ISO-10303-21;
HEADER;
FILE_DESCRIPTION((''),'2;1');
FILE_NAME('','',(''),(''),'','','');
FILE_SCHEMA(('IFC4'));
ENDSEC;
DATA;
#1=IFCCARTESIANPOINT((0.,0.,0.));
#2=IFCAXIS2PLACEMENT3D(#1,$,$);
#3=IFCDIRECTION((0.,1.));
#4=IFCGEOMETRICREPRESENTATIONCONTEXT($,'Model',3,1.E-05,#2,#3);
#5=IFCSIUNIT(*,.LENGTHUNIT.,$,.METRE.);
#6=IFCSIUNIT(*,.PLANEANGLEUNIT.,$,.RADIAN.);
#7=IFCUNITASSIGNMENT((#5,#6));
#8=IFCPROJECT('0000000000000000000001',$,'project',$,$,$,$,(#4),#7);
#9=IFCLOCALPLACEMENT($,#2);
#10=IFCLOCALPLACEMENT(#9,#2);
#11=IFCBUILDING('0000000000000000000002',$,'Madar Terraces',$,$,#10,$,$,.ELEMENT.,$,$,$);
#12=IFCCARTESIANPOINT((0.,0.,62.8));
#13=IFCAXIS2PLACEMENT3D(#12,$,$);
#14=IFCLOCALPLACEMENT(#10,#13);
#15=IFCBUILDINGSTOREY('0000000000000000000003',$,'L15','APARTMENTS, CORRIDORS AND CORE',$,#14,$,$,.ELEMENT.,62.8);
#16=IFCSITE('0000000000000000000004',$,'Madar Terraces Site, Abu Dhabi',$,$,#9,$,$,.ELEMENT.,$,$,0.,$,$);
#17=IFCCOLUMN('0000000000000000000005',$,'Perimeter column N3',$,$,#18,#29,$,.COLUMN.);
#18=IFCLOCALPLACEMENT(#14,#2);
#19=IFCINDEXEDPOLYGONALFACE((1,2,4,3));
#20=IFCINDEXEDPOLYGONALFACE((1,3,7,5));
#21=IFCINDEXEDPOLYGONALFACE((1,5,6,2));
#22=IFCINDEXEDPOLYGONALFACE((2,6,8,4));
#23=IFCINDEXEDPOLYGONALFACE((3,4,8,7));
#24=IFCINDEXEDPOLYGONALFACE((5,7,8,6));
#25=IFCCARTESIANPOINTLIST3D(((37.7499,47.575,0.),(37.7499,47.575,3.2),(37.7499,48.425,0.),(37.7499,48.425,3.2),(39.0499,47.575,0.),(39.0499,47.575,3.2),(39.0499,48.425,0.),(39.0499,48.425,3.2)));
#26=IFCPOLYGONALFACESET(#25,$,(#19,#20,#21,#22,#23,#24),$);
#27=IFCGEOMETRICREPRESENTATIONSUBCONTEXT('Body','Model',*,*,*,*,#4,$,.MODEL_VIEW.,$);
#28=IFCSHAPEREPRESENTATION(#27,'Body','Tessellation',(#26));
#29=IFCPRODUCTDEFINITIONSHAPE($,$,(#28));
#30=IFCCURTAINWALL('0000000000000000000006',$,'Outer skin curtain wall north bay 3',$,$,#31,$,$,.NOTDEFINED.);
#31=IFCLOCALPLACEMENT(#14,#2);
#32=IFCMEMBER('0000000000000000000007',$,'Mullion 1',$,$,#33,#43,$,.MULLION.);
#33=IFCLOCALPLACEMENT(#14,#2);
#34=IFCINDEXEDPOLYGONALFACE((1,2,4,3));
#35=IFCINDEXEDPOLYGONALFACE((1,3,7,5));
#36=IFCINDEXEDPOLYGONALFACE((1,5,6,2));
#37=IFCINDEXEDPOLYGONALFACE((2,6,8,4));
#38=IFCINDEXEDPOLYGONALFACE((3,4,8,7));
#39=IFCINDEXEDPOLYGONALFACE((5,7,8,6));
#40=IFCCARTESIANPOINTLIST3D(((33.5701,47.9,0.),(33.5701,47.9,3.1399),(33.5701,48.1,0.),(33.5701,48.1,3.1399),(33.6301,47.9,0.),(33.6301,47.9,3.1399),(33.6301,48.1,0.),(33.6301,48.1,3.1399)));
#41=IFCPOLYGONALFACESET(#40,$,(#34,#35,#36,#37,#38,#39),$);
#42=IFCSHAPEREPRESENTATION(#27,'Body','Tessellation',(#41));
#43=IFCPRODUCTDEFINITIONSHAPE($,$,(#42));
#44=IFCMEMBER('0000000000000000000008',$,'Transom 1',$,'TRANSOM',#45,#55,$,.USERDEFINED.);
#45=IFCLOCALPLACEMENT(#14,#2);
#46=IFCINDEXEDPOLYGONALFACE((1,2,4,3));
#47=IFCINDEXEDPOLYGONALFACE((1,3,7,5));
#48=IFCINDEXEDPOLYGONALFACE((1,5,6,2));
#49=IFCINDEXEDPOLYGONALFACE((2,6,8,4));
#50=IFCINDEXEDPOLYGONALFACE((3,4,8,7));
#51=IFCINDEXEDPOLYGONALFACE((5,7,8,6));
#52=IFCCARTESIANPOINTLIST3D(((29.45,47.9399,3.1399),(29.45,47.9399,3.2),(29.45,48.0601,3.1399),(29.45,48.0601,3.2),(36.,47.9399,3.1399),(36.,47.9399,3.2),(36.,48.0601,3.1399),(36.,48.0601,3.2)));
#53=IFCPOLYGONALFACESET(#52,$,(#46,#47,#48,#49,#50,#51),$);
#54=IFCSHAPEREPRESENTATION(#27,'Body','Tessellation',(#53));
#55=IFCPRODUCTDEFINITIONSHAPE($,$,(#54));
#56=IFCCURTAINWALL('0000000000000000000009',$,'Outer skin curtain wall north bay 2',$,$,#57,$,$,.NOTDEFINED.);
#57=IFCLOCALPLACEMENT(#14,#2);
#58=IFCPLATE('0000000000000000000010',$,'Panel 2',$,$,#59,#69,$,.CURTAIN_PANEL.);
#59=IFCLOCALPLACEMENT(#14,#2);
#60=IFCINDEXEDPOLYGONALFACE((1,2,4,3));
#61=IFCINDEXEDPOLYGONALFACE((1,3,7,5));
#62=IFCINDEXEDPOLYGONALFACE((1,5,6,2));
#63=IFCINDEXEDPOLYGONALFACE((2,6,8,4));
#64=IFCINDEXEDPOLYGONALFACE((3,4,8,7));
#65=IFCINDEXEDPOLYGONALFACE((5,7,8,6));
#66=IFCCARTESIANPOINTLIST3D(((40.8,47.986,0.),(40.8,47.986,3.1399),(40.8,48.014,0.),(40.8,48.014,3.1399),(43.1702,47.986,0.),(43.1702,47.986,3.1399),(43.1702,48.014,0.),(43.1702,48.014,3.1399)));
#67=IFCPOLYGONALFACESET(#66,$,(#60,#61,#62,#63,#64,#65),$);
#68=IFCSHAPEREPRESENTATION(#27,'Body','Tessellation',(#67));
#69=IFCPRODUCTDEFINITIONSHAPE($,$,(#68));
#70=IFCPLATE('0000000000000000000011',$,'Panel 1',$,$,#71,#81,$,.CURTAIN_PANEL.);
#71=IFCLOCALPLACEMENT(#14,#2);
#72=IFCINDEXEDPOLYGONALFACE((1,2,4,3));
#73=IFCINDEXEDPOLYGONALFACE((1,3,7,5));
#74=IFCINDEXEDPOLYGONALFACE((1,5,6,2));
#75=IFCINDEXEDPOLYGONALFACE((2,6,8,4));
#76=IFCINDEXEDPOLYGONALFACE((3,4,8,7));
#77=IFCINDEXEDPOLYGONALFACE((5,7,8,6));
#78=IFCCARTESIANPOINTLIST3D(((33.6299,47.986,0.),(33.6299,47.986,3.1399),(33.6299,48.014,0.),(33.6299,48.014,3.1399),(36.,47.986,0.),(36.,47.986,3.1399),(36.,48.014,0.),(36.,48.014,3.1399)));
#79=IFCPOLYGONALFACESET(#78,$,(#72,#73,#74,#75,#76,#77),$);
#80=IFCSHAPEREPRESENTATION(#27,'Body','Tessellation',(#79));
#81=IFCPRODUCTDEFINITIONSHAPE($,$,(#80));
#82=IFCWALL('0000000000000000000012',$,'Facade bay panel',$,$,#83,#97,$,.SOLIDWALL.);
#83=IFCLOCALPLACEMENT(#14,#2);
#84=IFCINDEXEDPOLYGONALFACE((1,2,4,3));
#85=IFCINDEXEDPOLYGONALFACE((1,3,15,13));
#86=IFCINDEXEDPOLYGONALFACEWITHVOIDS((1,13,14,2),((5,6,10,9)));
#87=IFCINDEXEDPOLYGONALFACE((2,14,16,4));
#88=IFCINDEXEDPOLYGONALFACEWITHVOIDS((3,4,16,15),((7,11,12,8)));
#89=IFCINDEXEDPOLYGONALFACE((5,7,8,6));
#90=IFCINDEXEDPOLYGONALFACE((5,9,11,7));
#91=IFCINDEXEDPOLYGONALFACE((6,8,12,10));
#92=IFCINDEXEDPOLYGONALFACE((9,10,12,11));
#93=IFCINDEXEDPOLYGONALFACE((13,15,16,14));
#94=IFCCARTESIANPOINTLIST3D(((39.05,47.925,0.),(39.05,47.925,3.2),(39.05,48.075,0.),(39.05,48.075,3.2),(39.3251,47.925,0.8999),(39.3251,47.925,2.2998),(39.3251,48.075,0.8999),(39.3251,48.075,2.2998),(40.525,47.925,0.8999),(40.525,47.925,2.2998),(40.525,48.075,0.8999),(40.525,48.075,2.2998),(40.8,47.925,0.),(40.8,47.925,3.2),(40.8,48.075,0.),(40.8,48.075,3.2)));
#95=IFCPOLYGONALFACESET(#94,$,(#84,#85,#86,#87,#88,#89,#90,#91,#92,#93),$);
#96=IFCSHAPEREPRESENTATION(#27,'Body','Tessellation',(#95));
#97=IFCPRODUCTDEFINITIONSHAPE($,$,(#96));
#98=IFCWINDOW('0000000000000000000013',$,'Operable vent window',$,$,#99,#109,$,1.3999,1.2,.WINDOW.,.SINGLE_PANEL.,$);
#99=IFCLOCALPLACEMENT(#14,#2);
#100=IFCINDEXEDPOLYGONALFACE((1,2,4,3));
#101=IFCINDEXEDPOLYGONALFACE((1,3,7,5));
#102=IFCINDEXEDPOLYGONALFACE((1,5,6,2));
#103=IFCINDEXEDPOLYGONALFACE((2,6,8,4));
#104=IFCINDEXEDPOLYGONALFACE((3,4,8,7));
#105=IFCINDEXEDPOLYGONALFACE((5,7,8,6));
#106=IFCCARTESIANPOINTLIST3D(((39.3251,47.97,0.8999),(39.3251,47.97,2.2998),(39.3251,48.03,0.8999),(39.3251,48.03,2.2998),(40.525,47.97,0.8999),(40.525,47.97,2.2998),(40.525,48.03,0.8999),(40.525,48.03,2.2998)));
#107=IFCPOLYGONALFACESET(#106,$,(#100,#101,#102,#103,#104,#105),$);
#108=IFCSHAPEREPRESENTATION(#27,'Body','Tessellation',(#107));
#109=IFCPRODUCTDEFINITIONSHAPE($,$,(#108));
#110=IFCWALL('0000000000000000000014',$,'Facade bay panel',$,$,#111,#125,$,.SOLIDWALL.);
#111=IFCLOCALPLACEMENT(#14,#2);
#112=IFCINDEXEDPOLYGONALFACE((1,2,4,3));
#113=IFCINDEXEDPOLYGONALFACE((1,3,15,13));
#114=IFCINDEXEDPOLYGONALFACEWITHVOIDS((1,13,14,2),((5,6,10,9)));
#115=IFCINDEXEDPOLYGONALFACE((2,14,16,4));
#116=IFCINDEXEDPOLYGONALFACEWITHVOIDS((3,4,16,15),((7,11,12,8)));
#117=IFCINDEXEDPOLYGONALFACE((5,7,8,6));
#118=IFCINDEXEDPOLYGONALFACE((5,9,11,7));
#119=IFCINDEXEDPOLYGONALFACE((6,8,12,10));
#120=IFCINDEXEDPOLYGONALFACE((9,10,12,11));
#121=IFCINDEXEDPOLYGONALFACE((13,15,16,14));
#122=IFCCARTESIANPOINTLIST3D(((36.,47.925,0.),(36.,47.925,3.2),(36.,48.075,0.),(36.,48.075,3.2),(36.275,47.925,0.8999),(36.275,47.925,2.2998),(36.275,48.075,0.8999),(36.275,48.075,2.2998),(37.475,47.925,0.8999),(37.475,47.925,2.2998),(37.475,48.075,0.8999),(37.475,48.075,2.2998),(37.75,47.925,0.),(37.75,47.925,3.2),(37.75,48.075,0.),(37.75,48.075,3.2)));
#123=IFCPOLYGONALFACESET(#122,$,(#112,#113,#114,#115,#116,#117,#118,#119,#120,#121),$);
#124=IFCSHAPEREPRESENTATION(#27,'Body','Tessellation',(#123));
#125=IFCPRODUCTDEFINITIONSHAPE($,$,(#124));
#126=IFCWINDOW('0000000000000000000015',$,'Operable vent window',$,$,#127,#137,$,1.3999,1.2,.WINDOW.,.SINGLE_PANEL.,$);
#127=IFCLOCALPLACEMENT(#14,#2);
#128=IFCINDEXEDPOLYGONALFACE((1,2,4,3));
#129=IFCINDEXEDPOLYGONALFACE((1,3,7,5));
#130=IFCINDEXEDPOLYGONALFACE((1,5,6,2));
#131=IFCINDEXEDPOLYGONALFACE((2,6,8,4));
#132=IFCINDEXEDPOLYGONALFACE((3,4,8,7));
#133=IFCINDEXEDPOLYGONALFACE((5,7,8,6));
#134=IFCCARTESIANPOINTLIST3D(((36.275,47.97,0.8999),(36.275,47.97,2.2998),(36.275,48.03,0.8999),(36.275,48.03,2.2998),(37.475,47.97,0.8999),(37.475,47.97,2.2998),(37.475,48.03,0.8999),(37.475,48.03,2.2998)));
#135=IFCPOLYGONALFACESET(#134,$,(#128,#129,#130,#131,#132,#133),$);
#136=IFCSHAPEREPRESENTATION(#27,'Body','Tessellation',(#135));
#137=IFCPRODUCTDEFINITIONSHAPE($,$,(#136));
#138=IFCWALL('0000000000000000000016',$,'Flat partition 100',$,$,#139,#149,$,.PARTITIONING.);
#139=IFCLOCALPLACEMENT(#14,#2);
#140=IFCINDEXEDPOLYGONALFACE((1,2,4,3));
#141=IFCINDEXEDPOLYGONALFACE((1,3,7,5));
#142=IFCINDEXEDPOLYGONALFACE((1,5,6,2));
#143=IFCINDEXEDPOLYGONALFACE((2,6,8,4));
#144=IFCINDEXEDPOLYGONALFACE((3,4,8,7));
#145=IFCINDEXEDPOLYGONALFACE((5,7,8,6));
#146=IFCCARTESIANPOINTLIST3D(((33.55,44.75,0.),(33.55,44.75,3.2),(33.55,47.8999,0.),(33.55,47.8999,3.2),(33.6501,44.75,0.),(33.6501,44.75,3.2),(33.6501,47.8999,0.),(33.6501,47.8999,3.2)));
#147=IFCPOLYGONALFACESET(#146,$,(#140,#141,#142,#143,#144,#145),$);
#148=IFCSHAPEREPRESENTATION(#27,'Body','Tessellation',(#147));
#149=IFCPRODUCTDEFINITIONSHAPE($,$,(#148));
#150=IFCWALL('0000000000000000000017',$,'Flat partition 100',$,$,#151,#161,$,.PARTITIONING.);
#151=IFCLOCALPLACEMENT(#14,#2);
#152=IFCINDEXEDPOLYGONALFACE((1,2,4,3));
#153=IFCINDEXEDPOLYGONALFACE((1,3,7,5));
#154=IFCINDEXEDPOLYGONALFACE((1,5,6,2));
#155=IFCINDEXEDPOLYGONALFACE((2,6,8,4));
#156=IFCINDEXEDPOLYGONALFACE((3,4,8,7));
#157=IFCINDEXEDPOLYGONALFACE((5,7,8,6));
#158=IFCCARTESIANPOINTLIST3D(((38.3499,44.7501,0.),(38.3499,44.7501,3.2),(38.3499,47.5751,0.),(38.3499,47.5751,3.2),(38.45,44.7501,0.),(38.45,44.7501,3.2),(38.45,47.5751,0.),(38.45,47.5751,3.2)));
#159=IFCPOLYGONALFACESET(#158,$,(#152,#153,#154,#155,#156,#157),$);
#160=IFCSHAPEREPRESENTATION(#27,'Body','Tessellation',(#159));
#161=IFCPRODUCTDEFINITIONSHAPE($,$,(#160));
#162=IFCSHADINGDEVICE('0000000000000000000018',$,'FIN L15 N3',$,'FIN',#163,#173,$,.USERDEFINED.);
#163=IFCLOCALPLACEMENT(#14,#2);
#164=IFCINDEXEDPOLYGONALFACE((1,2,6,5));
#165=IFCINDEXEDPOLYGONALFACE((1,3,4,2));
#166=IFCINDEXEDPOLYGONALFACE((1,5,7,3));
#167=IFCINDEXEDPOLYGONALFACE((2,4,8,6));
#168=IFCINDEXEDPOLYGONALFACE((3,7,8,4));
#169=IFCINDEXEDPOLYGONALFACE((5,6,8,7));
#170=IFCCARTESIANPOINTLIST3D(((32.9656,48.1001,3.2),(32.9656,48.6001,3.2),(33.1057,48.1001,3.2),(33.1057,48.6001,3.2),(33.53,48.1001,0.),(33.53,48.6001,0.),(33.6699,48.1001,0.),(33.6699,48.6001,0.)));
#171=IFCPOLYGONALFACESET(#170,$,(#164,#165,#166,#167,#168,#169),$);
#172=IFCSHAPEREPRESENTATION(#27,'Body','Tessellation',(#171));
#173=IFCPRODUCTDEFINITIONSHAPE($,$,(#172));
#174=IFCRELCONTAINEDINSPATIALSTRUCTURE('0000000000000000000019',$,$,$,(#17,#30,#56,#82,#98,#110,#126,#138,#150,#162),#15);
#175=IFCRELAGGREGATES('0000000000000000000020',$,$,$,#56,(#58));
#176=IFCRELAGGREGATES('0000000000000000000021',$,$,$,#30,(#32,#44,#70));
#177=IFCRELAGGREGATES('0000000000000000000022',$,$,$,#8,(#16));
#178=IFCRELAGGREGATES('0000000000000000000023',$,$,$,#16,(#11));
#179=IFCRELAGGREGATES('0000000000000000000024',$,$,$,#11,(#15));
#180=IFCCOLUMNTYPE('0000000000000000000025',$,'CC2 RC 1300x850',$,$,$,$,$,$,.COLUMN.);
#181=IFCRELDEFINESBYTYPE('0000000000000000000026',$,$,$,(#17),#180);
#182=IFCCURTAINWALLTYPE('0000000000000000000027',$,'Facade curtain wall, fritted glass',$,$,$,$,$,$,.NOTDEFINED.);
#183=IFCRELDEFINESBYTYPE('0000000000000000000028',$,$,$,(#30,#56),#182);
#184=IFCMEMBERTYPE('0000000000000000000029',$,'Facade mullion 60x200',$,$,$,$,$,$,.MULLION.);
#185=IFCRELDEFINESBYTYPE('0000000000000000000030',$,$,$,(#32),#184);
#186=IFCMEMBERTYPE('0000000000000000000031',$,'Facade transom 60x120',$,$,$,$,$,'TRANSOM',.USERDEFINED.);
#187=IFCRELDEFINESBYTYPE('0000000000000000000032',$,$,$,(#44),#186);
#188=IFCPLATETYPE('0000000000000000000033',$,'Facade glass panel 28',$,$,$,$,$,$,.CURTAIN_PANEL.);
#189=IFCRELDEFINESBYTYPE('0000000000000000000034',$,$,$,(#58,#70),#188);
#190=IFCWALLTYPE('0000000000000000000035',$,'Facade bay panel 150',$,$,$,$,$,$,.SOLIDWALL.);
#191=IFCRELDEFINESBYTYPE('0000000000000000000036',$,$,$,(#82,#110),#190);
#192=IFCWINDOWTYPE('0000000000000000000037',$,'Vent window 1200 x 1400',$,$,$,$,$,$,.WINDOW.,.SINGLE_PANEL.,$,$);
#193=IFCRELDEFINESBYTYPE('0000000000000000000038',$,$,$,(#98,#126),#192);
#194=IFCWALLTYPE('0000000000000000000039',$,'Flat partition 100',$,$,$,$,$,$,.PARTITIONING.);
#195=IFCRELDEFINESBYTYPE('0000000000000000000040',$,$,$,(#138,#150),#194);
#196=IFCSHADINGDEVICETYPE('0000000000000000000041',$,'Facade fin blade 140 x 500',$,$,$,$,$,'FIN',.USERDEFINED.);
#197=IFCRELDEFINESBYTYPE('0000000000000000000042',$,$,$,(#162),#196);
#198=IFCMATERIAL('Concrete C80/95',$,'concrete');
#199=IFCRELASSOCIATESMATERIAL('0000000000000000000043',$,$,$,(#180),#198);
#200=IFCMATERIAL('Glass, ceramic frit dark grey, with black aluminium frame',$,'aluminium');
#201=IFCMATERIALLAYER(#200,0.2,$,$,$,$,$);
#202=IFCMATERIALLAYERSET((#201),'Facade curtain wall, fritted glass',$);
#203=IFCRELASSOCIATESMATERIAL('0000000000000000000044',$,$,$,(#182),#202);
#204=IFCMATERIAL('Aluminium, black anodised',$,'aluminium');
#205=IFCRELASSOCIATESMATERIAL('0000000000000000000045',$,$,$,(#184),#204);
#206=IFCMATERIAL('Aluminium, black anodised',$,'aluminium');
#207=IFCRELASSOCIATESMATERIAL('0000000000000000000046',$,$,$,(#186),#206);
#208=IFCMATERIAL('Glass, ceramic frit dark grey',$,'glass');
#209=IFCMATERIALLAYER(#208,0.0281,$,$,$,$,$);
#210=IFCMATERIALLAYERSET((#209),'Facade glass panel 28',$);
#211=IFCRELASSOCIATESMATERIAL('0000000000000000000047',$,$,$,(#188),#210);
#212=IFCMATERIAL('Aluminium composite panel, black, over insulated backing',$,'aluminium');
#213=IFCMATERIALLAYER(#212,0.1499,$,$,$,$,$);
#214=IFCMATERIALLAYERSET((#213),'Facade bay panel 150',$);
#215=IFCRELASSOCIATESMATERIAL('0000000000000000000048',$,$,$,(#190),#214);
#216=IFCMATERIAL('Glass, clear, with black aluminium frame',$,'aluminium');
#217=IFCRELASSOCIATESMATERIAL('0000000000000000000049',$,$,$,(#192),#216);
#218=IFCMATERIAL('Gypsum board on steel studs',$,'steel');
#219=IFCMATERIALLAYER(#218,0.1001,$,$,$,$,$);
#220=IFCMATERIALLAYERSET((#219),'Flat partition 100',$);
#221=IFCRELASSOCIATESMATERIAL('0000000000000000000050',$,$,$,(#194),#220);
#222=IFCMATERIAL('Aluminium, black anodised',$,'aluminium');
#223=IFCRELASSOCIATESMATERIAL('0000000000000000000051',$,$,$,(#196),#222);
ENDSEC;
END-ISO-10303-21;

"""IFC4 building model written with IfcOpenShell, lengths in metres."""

from ifc_helpers import new_model, si_unit, direction, frame, frame_2d, origin, origin_2d, place, context, subcontext, project, spatial, polyline, rectangle, outline, extrude, material, layer, layer_set, material_profile, profile_set, type_object, element, fill, aggregate, save


model = new_model("IFC4")

# Units and contexts
model_context = context("Model", 3, precision=1e-05, world=origin(), true_north=direction((0.0, 1.0)))
body_context = subcontext(model_context, "Body", "Model", "MODEL_VIEW")
ifc_project = project(units=[si_unit("LENGTHUNIT", "METRE"), si_unit("PLANEANGLEUNIT", "RADIAN")], contexts=[model_context])

# Site, building, storey
site_placement = place(None, origin())
site = spatial("IfcSite", under=ifc_project, at=site_placement, Name="Madar Terraces Site, Abu Dhabi", CompositionType="ELEMENT", RefElevation=0.0)
building_placement = place(site_placement, origin())
building = spatial("IfcBuilding", under=site, at=building_placement, Name="Madar Terraces", CompositionType="ELEMENT")
storey_placement = place(building_placement, frame((0.0, 0.0, 62.8)))
storey = spatial("IfcBuildingStorey", under=building, at=storey_placement, Name="L15", Description="APARTMENTS, CORRIDORS AND CORE", CompositionType="ELEMENT", Elevation=62.8)

# Column
ifc_material_1 = material(Name="Concrete C80/95", Category="concrete")
ifc_material_profile_1 = material_profile(ifc_material_1, rectangle(XDim=1.3, YDim=0.8501, at=origin_2d()), Name="CC2 RC 1300x850")
ifc_profile_set_1 = profile_set([ifc_material_profile_1], Name="Concrete C80/95")
column_type = type_object("IfcColumnType", Name="CC2 RC 1300x850", PredefinedType="COLUMN", material=ifc_profile_set_1)
column_placement = place(storey_placement, frame((38.3999, 48.0, 0.0), z_axis=(0.0, 0.0, 1.0), x_axis=(1.0, 0.0, 0.0)))
element("IfcColumn", 1, at=column_placement, inside=storey, type_object=column_type, Name="Perimeter column N3", PredefinedType="COLUMN", context=body_context, shape_type="SweptSolid", body=[
    extrude(rectangle(XDim=1.3, YDim=0.8501, at=origin_2d()), origin(), (0.0, 0.0, 1.0), 3.2),
])

# Curtain wall, members
ifc_material_2 = material(Name="Glass, ceramic frit dark grey, with black aluminium frame", Category="aluminium")
ifc_layer_1 = layer(ifc_material_2, 0.2)
ifc_layer_set_1 = layer_set([ifc_layer_1], Name="Facade curtain wall, fritted glass")
curtain_wall_type = type_object("IfcCurtainWallType", Name="Facade curtain wall, fritted glass", PredefinedType="NOTDEFINED", material=ifc_layer_set_1)
curtain_wall_1_placement = place(storey_placement, origin())
curtain_wall_1 = element("IfcCurtainWall", 2, at=curtain_wall_1_placement, inside=storey, type_object=curtain_wall_type, Name="Outer skin curtain wall north bay 3", PredefinedType="NOTDEFINED")
ifc_material_3 = material(Name="Aluminium, black anodised", Category="aluminium")
ifc_material_profile_2 = material_profile(ifc_material_3, rectangle(XDim=0.2, YDim=0.0601, at=origin_2d()), Name="Facade mullion 60x200")
ifc_profile_set_2 = profile_set([ifc_material_profile_2], Name="Aluminium, black anodised")
member_type_1 = type_object("IfcMemberType", Name="Facade mullion 60x200", PredefinedType="MULLION", material=ifc_profile_set_2)
member_1_placement = place(storey_placement, frame((33.6001, 48.0, 0.0), z_axis=(0.0, 0.0, 1.0), x_axis=(0.0, -1.0, 0.0)))
member_1 = element("IfcMember", 3, at=member_1_placement, type_object=member_type_1, Name="Mullion 1", PredefinedType="MULLION", context=body_context, shape_type="SweptSolid", body=[
    extrude(rectangle(XDim=0.2, YDim=0.0601, at=origin_2d()), origin(), (0.0, 0.0, 1.0), 3.1399),
])
ifc_material_4 = material(Name="Aluminium, black anodised", Category="aluminium")
ifc_material_profile_3 = material_profile(ifc_material_4, rectangle(XDim=0.1201, YDim=0.0601, at=origin_2d()), Name="Facade transom 60x120")
ifc_profile_set_3 = profile_set([ifc_material_profile_3], Name="Aluminium, black anodised")
member_type_2 = type_object("IfcMemberType", Name="Facade transom 60x120", ElementType="TRANSOM", PredefinedType="USERDEFINED", material=ifc_profile_set_3)
member_2_placement = place(storey_placement, frame((36.0, 48.0, 3.1699), z_axis=(-1.0, 0.0, 0.0), x_axis=(0.0, -1.0, 0.0)))
member_2 = element("IfcMember", 4, at=member_2_placement, type_object=member_type_2, Name="Transom 1", ObjectType="TRANSOM", PredefinedType="USERDEFINED", context=body_context, shape_type="SweptSolid", body=[
    extrude(rectangle(XDim=0.1201, YDim=0.0601, at=origin_2d()), origin(), (0.0, 0.0, 1.0), 6.55),
])

# Curtain wall, plate
curtain_wall_2_placement = place(storey_placement, origin())
curtain_wall_2 = element("IfcCurtainWall", 5, at=curtain_wall_2_placement, inside=storey, type_object=curtain_wall_type, Name="Outer skin curtain wall north bay 2", PredefinedType="NOTDEFINED")
ifc_material_5 = material(Name="Glass, ceramic frit dark grey", Category="glass")
ifc_layer_2 = layer(ifc_material_5, 0.0281)
ifc_layer_set_2 = layer_set([ifc_layer_2], Name="Facade glass panel 28")
plate_type = type_object("IfcPlateType", Name="Facade glass panel 28", PredefinedType="CURTAIN_PANEL", material=ifc_layer_set_2)
plate_1_placement = place(storey_placement, frame((41.9851, 48.0, 0.0), z_axis=(0.0, 0.0, 1.0), x_axis=(-1.0, 0.0, 0.0)))
plate_1 = element("IfcPlate", 6, at=plate_1_placement, type_object=plate_type, Name="Panel 2", PredefinedType="CURTAIN_PANEL", context=body_context, shape_type="SweptSolid", body=[
    extrude(rectangle(XDim=2.3701, YDim=0.0281, at=origin_2d()), origin(), (0.0, 0.0, 1.0), 3.1399),
])
aggregate(curtain_wall_2, [plate_1])

# Plate
plate_2_placement = place(storey_placement, frame((34.8149, 48.0, 0.0), z_axis=(0.0, 0.0, 1.0), x_axis=(-1.0, 0.0, 0.0)))
plate_2 = element("IfcPlate", 7, at=plate_2_placement, type_object=plate_type, Name="Panel 1", PredefinedType="CURTAIN_PANEL", context=body_context, shape_type="SweptSolid", body=[
    extrude(rectangle(XDim=2.3701, YDim=0.0281, at=origin_2d()), origin(), (0.0, 0.0, 1.0), 3.1399),
])
aggregate(curtain_wall_1, [member_1, member_2, plate_2])

# Walls, openings, windows
ifc_material_6 = material(Name="Aluminium composite panel, black, over insulated backing", Category="aluminium")
ifc_layer_3 = layer(ifc_material_6, 0.1499)
ifc_layer_set_3 = layer_set([ifc_layer_3], Name="Facade bay panel 150")
wall_type_1 = type_object("IfcWallType", Name="Facade bay panel 150", PredefinedType="SOLIDWALL", material=ifc_layer_set_3)
wall_1_placement = place(storey_placement, frame((40.8, 48.0, 0.0), z_axis=(0.0, 0.0, 1.0), x_axis=(-1.0, 0.0, 0.0)))
wall_1 = element("IfcWall", 8, at=wall_1_placement, inside=storey, type_object=wall_type_1, Name="Facade bay panel", PredefinedType="SOLIDWALL", context=body_context, shape_type="SweptSolid", body=[
    extrude(rectangle(XDim=1.75, YDim=0.1499, at=frame_2d((0.875, 0.0))), origin(), (0.0, 0.0, 1.0), 3.2),
])
opening_1_placement = place(wall_1_placement, frame((0.2749, 0.0, 0.8999)))
opening_1 = element("IfcOpeningElement", 9, at=opening_1_placement, cuts=wall_1, PredefinedType="OPENING", context=body_context, shape_type="SweptSolid", body=[
    extrude(rectangle(XDim=1.2, YDim=1.3999, at=frame_2d((0.6001, 0.7))), frame((0.0, 0.085, 0.0), z_axis=(0.0, -1.0, 0.0), x_axis=(1.0, 0.0, 0.0)), (0.0, 0.0, 1.0), 0.1699),
])
ifc_material_7 = material(Name="Glass, clear, with black aluminium frame", Category="aluminium")
window_type = type_object("IfcWindowType", Name="Vent window 1200 x 1400", PartitioningType="SINGLE_PANEL", PredefinedType="WINDOW", material=ifc_material_7)
window_1_placement = place(opening_1_placement, origin())
window_1 = element("IfcWindow", 10, at=window_1_placement, inside=storey, type_object=window_type, Name="Operable vent window", OverallHeight=1.3999, OverallWidth=1.2, PartitioningType="SINGLE_PANEL", PredefinedType="WINDOW", context=body_context, shape_type="SweptSolid", body=[
    extrude(rectangle(XDim=1.2, YDim=1.3999, at=frame_2d((0.6001, 0.7))), frame((0.0, 0.03, 0.0), z_axis=(0.0, -1.0, 0.0), x_axis=(1.0, 0.0, 0.0)), (0.0, 0.0, 1.0), 0.0601),
])
fill(opening_1, window_1)
wall_2_placement = place(storey_placement, frame((37.75, 48.0, 0.0), z_axis=(0.0, 0.0, 1.0), x_axis=(-1.0, 0.0, 0.0)))
wall_2 = element("IfcWall", 11, at=wall_2_placement, inside=storey, type_object=wall_type_1, Name="Facade bay panel", PredefinedType="SOLIDWALL", context=body_context, shape_type="SweptSolid", body=[
    extrude(rectangle(XDim=1.75, YDim=0.1499, at=frame_2d((0.875, 0.0))), origin(), (0.0, 0.0, 1.0), 3.2),
])
opening_2_placement = place(wall_2_placement, frame((0.2749, 0.0, 0.8999)))
opening_2 = element("IfcOpeningElement", 12, at=opening_2_placement, cuts=wall_2, PredefinedType="OPENING", context=body_context, shape_type="SweptSolid", body=[
    extrude(rectangle(XDim=1.2, YDim=1.3999, at=frame_2d((0.6001, 0.7))), frame((0.0, 0.085, 0.0), z_axis=(0.0, -1.0, 0.0), x_axis=(1.0, 0.0, 0.0)), (0.0, 0.0, 1.0), 0.1699),
])
window_2_placement = place(opening_2_placement, origin())
window_2 = element("IfcWindow", 13, at=window_2_placement, inside=storey, type_object=window_type, Name="Operable vent window", OverallHeight=1.3999, OverallWidth=1.2, PartitioningType="SINGLE_PANEL", PredefinedType="WINDOW", context=body_context, shape_type="SweptSolid", body=[
    extrude(rectangle(XDim=1.2, YDim=1.3999, at=frame_2d((0.6001, 0.7))), frame((0.0, 0.03, 0.0), z_axis=(0.0, -1.0, 0.0), x_axis=(1.0, 0.0, 0.0)), (0.0, 0.0, 1.0), 0.0601),
])
fill(opening_2, window_2)

# Walls
ifc_material_8 = material(Name="Gypsum board on steel studs", Category="steel")
ifc_layer_4 = layer(ifc_material_8, 0.1001)
ifc_layer_set_4 = layer_set([ifc_layer_4], Name="Flat partition 100")
wall_type_2 = type_object("IfcWallType", Name="Flat partition 100", PredefinedType="PARTITIONING", material=ifc_layer_set_4)
wall_3_placement = place(storey_placement, frame((33.6001, 44.75, 0.0), z_axis=(0.0, 0.0, 1.0), x_axis=(0.0, 1.0, 0.0)))
element("IfcWall", 14, at=wall_3_placement, inside=storey, type_object=wall_type_2, Name="Flat partition 100", PredefinedType="PARTITIONING", context=body_context, shape_type="SweptSolid", body=[
    extrude(rectangle(XDim=3.1499, YDim=0.1001, at=frame_2d((1.575, 0.0))), origin(), (0.0, 0.0, 1.0), 3.2),
])
wall_4_placement = place(storey_placement, frame((38.3999, 44.75, 0.0), z_axis=(0.0, 0.0, 1.0), x_axis=(0.0, 1.0, 0.0)))
element("IfcWall", 15, at=wall_4_placement, inside=storey, type_object=wall_type_2, Name="Flat partition 100", PredefinedType="PARTITIONING", context=body_context, shape_type="SweptSolid", body=[
    extrude(rectangle(XDim=2.825, YDim=0.1001, at=frame_2d((1.4126, 0.0))), origin(), (0.0, 0.0, 1.0), 3.2),
])

# Shading device
ifc_material_9 = material(Name="Aluminium, black anodised", Category="aluminium")
shading_device_type = type_object("IfcShadingDeviceType", Name="Facade fin blade 140 x 500", ElementType="FIN", PredefinedType="USERDEFINED", material=ifc_material_9)
shading_device_placement = place(storey_placement, frame((33.6699, 48.3501, 0.0), z_axis=(0.0, 0.0, 1.0), x_axis=(-1.0, 0.0, 0.0)))
element("IfcShadingDevice", 16, at=shading_device_placement, inside=storey, type_object=shading_device_type, Name="FIN L15 N3", ObjectType="FIN", PredefinedType="USERDEFINED", context=body_context, shape_type="SweptSolid", body=[
    extrude(outline(polyline([(0.0, 0.0), (0.1399, 0.0), (0.7043, 3.2), (0.5642, 3.2), (0.0, 0.0)])), frame((0.0, 0.25, 0.0), z_axis=(0.0, -1.0, 0.0), x_axis=(1.0, 0.0, 0.0)), (0.0, 0.0, 1.0), 0.5),
])

save(model, "model.ifc")
